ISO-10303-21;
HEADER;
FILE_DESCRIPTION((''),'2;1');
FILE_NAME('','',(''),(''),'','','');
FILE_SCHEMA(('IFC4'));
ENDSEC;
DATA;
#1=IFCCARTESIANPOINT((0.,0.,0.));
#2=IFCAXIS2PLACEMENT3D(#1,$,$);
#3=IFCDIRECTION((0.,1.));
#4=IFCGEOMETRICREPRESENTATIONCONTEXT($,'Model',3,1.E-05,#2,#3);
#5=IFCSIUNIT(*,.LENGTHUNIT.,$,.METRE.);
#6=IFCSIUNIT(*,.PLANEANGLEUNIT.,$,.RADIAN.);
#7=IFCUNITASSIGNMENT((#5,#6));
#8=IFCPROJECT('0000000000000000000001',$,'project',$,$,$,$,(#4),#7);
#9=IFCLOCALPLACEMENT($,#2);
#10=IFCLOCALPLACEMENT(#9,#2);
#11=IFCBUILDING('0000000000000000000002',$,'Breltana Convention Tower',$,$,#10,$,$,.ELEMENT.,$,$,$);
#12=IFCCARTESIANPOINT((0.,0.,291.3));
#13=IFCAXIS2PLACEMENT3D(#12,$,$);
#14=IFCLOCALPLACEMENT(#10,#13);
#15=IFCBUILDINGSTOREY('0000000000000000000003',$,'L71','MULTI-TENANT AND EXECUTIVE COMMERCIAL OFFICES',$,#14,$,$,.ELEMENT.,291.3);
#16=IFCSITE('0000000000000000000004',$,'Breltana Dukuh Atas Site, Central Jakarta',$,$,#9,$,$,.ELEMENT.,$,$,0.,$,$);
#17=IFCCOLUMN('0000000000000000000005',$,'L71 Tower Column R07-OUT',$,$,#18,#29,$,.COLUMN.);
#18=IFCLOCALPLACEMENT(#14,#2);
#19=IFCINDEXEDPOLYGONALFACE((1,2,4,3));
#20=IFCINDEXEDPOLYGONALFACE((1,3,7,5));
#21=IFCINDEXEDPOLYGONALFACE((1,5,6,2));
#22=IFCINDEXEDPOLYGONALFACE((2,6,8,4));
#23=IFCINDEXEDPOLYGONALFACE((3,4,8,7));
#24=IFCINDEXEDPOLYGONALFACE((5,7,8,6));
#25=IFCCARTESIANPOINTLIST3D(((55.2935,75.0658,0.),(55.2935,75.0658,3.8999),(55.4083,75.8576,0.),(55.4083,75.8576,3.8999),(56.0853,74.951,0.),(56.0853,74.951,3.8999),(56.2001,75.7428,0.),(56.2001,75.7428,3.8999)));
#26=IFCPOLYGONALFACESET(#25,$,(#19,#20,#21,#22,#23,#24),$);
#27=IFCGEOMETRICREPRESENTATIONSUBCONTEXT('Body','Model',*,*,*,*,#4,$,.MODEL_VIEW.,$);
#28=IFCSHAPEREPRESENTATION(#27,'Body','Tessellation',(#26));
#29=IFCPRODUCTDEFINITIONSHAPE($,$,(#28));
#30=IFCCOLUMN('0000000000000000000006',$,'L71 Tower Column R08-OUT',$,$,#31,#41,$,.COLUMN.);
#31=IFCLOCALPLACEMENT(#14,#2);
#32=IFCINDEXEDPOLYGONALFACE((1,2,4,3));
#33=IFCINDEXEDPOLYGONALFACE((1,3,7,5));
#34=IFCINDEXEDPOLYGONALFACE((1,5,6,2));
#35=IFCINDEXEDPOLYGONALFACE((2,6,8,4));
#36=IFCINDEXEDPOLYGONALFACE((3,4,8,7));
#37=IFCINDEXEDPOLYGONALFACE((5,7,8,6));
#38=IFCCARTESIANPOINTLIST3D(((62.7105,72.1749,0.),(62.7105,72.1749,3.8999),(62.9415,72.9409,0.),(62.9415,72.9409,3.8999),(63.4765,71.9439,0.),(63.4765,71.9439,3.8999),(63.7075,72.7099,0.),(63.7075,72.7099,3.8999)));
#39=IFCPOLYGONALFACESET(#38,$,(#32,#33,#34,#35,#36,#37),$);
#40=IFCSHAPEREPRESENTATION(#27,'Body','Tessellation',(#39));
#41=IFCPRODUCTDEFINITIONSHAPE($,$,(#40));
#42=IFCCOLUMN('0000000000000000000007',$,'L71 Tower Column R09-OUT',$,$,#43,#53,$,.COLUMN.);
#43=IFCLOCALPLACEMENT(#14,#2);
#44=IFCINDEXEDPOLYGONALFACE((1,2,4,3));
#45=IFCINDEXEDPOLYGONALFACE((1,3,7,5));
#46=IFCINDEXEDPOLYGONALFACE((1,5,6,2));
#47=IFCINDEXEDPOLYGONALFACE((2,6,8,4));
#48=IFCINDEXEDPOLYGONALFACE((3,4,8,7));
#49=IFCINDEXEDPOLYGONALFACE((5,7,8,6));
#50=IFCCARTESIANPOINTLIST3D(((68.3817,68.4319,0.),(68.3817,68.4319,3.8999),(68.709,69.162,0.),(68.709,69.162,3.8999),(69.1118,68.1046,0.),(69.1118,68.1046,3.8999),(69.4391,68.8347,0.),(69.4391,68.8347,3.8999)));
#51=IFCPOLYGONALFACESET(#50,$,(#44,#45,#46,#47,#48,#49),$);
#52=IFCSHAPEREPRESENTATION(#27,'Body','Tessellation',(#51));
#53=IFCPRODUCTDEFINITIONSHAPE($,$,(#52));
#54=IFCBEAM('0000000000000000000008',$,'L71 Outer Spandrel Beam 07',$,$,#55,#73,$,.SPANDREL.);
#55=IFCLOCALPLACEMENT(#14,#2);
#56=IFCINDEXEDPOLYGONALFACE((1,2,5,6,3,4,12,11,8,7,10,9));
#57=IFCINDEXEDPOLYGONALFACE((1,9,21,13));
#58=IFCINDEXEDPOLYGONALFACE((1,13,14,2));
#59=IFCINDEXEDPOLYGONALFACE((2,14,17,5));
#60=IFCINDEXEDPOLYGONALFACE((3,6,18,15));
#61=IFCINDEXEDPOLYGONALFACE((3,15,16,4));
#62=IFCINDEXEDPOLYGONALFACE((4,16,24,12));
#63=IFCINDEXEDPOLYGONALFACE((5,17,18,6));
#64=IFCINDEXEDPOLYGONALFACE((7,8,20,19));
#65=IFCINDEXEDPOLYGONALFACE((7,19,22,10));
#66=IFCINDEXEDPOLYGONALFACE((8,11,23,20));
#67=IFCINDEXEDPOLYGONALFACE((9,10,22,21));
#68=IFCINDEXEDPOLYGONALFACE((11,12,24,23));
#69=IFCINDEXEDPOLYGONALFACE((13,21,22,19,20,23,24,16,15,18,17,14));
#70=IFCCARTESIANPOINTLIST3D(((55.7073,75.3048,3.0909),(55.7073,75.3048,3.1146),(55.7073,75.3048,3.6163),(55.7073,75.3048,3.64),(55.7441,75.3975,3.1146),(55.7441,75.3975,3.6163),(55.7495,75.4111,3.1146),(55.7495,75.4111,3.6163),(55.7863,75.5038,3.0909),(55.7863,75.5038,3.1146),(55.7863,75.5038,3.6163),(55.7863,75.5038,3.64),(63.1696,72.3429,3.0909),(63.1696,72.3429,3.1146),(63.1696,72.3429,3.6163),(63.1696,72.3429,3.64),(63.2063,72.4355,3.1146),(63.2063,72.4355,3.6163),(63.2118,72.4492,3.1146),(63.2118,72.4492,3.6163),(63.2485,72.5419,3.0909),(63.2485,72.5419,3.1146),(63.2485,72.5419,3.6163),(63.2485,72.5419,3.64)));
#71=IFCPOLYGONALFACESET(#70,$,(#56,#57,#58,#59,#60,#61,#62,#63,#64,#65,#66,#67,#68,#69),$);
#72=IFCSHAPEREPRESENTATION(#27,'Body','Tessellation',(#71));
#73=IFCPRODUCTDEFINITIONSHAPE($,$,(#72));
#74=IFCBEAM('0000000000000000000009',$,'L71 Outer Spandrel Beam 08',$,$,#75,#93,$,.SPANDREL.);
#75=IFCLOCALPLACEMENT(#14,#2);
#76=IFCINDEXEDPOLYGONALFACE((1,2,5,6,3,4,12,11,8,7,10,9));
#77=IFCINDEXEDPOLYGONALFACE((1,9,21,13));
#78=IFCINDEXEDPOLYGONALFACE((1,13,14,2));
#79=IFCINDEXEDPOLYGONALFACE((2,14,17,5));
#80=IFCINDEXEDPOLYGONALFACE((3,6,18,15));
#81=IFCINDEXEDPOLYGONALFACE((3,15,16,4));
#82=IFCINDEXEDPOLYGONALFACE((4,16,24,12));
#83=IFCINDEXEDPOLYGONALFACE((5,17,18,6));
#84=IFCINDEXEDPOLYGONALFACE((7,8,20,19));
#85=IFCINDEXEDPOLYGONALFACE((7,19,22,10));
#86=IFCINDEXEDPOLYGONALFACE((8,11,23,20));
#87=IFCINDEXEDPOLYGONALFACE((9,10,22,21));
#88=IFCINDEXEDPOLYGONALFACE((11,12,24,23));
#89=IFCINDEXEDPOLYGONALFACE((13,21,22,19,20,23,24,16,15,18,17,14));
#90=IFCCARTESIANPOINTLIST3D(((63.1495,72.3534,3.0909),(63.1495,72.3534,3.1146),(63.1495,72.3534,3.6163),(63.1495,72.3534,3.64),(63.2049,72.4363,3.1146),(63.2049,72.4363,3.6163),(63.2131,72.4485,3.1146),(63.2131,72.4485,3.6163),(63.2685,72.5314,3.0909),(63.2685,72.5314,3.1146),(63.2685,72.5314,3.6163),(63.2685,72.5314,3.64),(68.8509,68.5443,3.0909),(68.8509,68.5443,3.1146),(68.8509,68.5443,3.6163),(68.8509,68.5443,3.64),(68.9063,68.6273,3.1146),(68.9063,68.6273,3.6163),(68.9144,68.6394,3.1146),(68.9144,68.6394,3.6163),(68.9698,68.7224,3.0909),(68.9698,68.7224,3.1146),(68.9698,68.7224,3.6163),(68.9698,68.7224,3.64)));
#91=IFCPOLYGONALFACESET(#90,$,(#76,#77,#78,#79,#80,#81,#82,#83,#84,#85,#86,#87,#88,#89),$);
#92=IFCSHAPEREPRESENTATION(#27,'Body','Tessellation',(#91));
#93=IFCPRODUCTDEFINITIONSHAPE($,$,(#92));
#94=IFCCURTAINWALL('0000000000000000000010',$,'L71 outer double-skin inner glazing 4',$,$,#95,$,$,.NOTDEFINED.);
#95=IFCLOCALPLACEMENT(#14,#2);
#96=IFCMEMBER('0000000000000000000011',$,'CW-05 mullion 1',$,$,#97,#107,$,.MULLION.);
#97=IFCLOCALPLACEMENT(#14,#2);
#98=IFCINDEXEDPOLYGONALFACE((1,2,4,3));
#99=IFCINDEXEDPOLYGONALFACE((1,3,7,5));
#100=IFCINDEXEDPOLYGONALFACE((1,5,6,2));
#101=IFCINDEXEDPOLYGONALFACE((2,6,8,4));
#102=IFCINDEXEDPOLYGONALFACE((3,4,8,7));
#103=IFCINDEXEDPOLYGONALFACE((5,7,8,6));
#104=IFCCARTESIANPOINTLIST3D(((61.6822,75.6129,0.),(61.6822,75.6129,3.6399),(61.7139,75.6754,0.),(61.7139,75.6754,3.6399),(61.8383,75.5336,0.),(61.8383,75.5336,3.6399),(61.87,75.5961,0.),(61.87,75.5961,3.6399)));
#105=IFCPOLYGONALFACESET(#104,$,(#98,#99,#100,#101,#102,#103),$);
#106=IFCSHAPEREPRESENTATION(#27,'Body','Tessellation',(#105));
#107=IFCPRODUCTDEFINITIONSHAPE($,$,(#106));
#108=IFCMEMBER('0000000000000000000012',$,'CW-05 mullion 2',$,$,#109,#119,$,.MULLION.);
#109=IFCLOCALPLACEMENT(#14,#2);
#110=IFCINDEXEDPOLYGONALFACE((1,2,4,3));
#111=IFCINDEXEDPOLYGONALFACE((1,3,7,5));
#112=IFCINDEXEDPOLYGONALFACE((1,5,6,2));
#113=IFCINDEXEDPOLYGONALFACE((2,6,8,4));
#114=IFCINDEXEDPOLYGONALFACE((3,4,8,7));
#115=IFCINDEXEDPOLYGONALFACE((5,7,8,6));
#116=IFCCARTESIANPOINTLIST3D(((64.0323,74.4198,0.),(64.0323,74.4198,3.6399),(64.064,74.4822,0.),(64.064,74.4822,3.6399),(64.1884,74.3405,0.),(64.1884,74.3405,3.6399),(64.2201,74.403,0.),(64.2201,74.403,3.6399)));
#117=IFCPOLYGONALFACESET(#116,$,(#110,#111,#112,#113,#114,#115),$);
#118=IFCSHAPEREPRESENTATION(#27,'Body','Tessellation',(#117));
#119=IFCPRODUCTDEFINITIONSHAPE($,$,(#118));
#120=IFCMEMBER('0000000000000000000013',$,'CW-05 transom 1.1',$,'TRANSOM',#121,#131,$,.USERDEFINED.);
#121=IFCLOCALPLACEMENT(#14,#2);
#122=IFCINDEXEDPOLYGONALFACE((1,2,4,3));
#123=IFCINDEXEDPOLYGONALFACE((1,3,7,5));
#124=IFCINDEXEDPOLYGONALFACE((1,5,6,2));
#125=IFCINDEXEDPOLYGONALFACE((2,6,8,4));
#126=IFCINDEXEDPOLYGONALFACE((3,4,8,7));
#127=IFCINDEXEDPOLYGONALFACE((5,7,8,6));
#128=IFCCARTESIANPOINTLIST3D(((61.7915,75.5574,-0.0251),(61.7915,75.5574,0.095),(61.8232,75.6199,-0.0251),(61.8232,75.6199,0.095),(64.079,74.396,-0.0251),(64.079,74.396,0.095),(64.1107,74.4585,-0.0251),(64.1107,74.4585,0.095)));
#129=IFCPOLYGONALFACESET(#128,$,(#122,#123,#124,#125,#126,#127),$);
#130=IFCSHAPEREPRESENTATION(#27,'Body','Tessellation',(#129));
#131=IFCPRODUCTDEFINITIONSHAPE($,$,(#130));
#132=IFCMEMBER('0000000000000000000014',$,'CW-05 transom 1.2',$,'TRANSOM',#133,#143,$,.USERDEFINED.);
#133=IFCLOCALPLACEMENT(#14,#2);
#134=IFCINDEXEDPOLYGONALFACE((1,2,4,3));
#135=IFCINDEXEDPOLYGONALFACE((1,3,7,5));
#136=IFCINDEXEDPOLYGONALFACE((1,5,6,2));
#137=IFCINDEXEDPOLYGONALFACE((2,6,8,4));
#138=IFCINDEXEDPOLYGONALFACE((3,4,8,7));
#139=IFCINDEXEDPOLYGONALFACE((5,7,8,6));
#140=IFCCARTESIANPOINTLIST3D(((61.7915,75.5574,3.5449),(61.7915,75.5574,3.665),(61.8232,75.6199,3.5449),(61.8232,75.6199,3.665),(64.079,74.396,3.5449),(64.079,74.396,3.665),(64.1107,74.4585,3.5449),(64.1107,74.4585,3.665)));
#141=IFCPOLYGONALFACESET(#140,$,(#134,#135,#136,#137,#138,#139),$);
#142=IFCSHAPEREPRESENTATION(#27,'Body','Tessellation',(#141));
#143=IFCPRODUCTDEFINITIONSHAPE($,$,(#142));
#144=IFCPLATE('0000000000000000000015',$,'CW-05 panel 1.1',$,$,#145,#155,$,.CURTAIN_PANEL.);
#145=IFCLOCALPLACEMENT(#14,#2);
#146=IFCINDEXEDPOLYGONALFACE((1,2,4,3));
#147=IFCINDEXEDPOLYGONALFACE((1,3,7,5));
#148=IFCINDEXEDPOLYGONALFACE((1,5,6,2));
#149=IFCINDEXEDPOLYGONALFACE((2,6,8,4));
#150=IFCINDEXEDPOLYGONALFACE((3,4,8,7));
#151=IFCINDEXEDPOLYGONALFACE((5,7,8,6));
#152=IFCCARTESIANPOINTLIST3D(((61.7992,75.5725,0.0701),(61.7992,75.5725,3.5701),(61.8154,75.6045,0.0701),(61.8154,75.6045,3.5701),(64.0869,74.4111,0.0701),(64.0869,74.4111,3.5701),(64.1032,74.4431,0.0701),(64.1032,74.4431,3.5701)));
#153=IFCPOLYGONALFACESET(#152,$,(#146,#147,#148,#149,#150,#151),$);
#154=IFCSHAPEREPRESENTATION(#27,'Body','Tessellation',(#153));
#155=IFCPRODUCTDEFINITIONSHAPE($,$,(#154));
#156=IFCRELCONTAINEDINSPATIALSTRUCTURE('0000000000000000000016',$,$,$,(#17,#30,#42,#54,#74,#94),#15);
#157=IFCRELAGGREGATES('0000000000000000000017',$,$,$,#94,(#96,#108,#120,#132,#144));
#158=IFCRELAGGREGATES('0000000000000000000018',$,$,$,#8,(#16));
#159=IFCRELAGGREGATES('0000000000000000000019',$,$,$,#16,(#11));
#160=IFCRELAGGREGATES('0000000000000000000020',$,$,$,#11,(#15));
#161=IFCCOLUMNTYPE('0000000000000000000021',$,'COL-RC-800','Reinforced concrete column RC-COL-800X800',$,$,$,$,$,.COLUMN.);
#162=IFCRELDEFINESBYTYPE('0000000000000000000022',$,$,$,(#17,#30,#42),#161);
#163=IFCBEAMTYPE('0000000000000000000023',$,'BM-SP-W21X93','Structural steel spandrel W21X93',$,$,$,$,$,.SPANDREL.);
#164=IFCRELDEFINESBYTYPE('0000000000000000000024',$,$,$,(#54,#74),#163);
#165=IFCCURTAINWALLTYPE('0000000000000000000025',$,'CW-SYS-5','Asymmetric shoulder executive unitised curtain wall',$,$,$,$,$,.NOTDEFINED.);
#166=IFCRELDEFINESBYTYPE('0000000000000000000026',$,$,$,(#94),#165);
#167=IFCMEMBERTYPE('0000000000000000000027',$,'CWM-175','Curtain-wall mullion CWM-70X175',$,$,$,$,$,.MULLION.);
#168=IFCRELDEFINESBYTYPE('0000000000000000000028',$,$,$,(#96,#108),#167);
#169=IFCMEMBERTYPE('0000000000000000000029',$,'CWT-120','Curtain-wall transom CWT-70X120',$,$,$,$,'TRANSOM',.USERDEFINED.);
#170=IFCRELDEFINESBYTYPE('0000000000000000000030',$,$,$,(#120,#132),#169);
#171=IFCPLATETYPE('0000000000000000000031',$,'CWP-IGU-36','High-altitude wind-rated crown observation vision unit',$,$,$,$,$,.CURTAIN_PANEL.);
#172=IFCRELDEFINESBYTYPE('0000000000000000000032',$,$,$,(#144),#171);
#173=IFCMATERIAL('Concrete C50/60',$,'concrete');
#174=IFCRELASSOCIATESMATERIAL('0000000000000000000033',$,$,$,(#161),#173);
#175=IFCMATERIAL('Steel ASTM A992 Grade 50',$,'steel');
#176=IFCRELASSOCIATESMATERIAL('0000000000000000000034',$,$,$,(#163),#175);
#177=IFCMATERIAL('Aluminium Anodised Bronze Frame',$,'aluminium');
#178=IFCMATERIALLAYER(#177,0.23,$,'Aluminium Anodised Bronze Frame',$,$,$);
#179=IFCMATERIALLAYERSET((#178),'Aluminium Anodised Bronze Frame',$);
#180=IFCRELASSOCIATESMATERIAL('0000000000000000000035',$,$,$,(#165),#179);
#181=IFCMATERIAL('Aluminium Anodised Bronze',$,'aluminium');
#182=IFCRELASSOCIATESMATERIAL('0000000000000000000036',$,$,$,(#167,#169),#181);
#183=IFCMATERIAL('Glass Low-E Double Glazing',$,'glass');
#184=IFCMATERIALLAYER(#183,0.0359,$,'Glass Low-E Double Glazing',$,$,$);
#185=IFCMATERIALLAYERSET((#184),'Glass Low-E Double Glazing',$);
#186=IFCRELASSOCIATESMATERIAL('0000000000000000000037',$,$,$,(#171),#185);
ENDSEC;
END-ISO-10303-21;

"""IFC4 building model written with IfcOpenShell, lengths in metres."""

from ifc_helpers import new_model, si_unit, direction, frame, origin, origin_2d, place, context, subcontext, project, spatial, rectangle, i_section, extrude, source, transform, mapped, material, layer, layer_set, material_profile, profile_set, type_object, element, aggregate, save


model = new_model("IFC4")

# Units and contexts
model_context = context("Model", 3, precision=1e-05, world=origin(), true_north=direction((0.0, 1.0)))
body_context = subcontext(model_context, "Body", "Model", "MODEL_VIEW")
ifc_project = project(units=[si_unit("LENGTHUNIT", "METRE"), si_unit("PLANEANGLEUNIT", "RADIAN")], contexts=[model_context])

# Site, building, storey
site_placement = place(None, origin())
site = spatial("IfcSite", under=ifc_project, at=site_placement, Name="Breltana Dukuh Atas Site, Central Jakarta", CompositionType="ELEMENT", RefElevation=0.0)
building_placement = place(site_placement, origin())
building = spatial("IfcBuilding", under=site, at=building_placement, Name="Breltana Convention Tower", CompositionType="ELEMENT")
storey_placement = place(building_placement, frame((0.0, 0.0, 291.3)))
storey = spatial("IfcBuildingStorey", under=building, at=storey_placement, Name="L71", Description="MULTI-TENANT AND EXECUTIVE COMMERCIAL OFFICES", CompositionType="ELEMENT", Elevation=291.3)

# Columns
ifc_material_1 = material(Name="Concrete C50/60", Category="concrete")
ifc_material_profile_1 = material_profile(ifc_material_1, rectangle(XDim=0.8, YDim=0.8, at=origin_2d()), Name="RC-COL-800X800")
ifc_profile_set_1 = profile_set([ifc_material_profile_1], Name="Concrete C50/60")
column_type = type_object("IfcColumnType", Name="COL-RC-800", Description="Reinforced concrete column RC-COL-800X800", PredefinedType="COLUMN", material=ifc_profile_set_1)
shared_shape_1 = source(origin(), body_context, "Body", "SweptSolid", [
    extrude(rectangle(XDim=0.8, YDim=0.8, at=origin_2d()), origin(), (0.0, 0.0, 1.0), 3.8999),
])
for number, where, z_axis, x_axis, name in (
    (1, (55.7468, 75.4043, 0.0), (0.0, 0.0, 1.0), (0.143493, 0.989651, 0.0), "L71 Tower Column R07-OUT"),
    (2, (63.209, 72.4424, 0.0), (0.0, 0.0, 1.0), (0.288698, 0.95742, 0.0), "L71 Tower Column R08-OUT"),
    (3, (68.9104, 68.6333, 0.0), (0.0, 0.0, 1.0), (0.409127, 0.912477, 0.0), "L71 Tower Column R09-OUT"),
):
    element("IfcColumn", number, at=place(storey_placement, frame(where, z_axis=z_axis, x_axis=x_axis)), inside=storey, type_object=column_type, Name=name, PredefinedType="COLUMN", context=body_context, shape_type="MappedRepresentation", body=[
        mapped(shared_shape_1, transform((0.0, 0.0, 0.0), scale=1.0)),
    ])

# Beams
ifc_material_2 = material(Name="Steel ASTM A992 Grade 50", Category="steel")
ifc_material_profile_2 = material_profile(ifc_material_2, i_section(OverallWidth=0.2141, OverallDepth=0.5491, WebThickness=0.0146, FlangeThickness=0.0237, at=origin_2d()), Name="W21X93")
ifc_profile_set_2 = profile_set([ifc_material_profile_2], Name="Steel ASTM A992 Grade 50")
beam_type = type_object("IfcBeamType", Name="BM-SP-W21X93", Description="Structural steel spandrel W21X93", PredefinedType="SPANDREL", material=ifc_profile_set_2)
shared_shape_2 = source(origin(), body_context, "Body", "SweptSolid", [
    extrude(i_section(OverallWidth=0.2141, OverallDepth=0.5491, WebThickness=0.0146, FlangeThickness=0.0237, at=origin_2d()), origin(), (0.0, 0.0, 1.0), 8.0286),
])
beam_1_placement = place(storey_placement, frame((55.7468, 75.4043, 3.3655), z_axis=(0.929459, -0.368925, 0.0), x_axis=(0.368925, 0.929459, 0.0)))
element("IfcBeam", 4, at=beam_1_placement, inside=storey, type_object=beam_type, Name="L71 Outer Spandrel Beam 07", PredefinedType="SPANDREL", context=body_context, shape_type="MappedRepresentation", body=[
    mapped(shared_shape_2, transform((0.0, 0.0, 0.0), scale=1.0)),
])
shared_shape_3 = source(origin(), body_context, "Body", "SweptSolid", [
    extrude(i_section(OverallWidth=0.2141, OverallDepth=0.5491, WebThickness=0.0146, FlangeThickness=0.0237, at=origin_2d()), origin(), (0.0, 0.0, 1.0), 6.8567),
])
beam_2_placement = place(storey_placement, frame((63.209, 72.4424, 3.3655), z_axis=(0.831502, -0.555522, 0.0), x_axis=(0.555522, 0.831502, 0.0)))
element("IfcBeam", 5, at=beam_2_placement, inside=storey, type_object=beam_type, Name="L71 Outer Spandrel Beam 08", PredefinedType="SPANDREL", context=body_context, shape_type="MappedRepresentation", body=[
    mapped(shared_shape_3, transform((0.0, 0.0, 0.0), scale=1.0)),
])

# Curtain wall, members, plate
ifc_material_3 = material(Name="Aluminium Anodised Bronze Frame", Category="aluminium")
ifc_layer_1 = layer(ifc_material_3, 0.23, Name="Aluminium Anodised Bronze Frame")
ifc_layer_set_1 = layer_set([ifc_layer_1], Name="Aluminium Anodised Bronze Frame")
curtain_wall_type = type_object("IfcCurtainWallType", Name="CW-SYS-5", Description="Asymmetric shoulder executive unitised curtain wall", PredefinedType="NOTDEFINED", material=ifc_layer_set_1)
curtain_wall_placement = place(storey_placement, origin())
curtain_wall = element("IfcCurtainWall", 6, at=curtain_wall_placement, inside=storey, type_object=curtain_wall_type, Name="L71 outer double-skin inner glazing 4", PredefinedType="NOTDEFINED")
ifc_material_4 = material(Name="Aluminium Anodised Bronze", Category="aluminium")
ifc_material_profile_3 = material_profile(ifc_material_4, rectangle(XDim=0.0701, YDim=0.175, at=origin_2d()), Name="CWM-70X175")
ifc_profile_set_3 = profile_set([ifc_material_profile_3], Name="Aluminium Anodised Bronze")
member_type_1 = type_object("IfcMemberType", Name="CWM-175", Description="Curtain-wall mullion CWM-70X175", PredefinedType="MULLION", material=ifc_profile_set_3)
shared_shape_4 = source(origin(), body_context, "Body", "SweptSolid", [
    extrude(rectangle(XDim=0.0701, YDim=0.175, at=origin_2d()), origin(), (0.0, 0.0, 1.0), 3.6399),
])
member_1_placement = place(storey_placement, frame((61.7761, 75.6045, 0.0), z_axis=(0.0, 0.0, 1.0), x_axis=(0.45269, 0.891668, 0.0)))
member_1 = element("IfcMember", 7, at=member_1_placement, type_object=member_type_1, Name="CW-05 mullion 1", PredefinedType="MULLION", context=body_context, shape_type="MappedRepresentation", body=[
    mapped(shared_shape_4, transform((0.0, 0.0, 0.0), scale=1.0)),
])
member_2_placement = place(storey_placement, frame((64.1262, 74.4114, 0.0), z_axis=(0.0, 0.0, 1.0), x_axis=(0.45269, 0.891668, 0.0)))
member_2 = element("IfcMember", 8, at=member_2_placement, type_object=member_type_1, Name="CW-05 mullion 2", PredefinedType="MULLION", context=body_context, shape_type="MappedRepresentation", body=[
    mapped(shared_shape_4, transform((0.0, 0.0, 0.0), scale=1.0)),
])
ifc_material_profile_4 = material_profile(ifc_material_4, rectangle(XDim=0.0701, YDim=0.1201, at=origin_2d()), Name="CWT-70X120")
ifc_profile_set_4 = profile_set([ifc_material_profile_4], Name="Aluminium Anodised Bronze")
member_type_2 = type_object("IfcMemberType", Name="CWT-120", Description="Curtain-wall transom CWT-70X120", ElementType="TRANSOM", PredefinedType="USERDEFINED", material=ifc_profile_set_4)
shared_shape_5 = source(origin(), body_context, "Body", "SweptSolid", [
    extrude(rectangle(XDim=0.0701, YDim=0.1201, at=origin_2d()), origin(), (0.0, 0.0, 1.0), 2.5654),
])
member_3_placement = place(storey_placement, frame((61.8074, 75.5886, 0.0349), z_axis=(0.89167, -0.452687, 0.0), x_axis=(0.452687, 0.89167, 0.0)))
member_3 = element("IfcMember", 9, at=member_3_placement, type_object=member_type_2, Name="CW-05 transom 1.1", ObjectType="TRANSOM", PredefinedType="USERDEFINED", context=body_context, shape_type="MappedRepresentation", body=[
    mapped(shared_shape_5, transform((0.0, 0.0, 0.0), scale=1.0)),
])
member_4_placement = place(storey_placement, frame((61.8074, 75.5886, 3.605), z_axis=(0.89167, -0.452687, 0.0), x_axis=(0.452687, 0.89167, 0.0)))
member_4 = element("IfcMember", 10, at=member_4_placement, type_object=member_type_2, Name="CW-05 transom 1.2", ObjectType="TRANSOM", PredefinedType="USERDEFINED", context=body_context, shape_type="MappedRepresentation", body=[
    mapped(shared_shape_5, transform((0.0, 0.0, 0.0), scale=1.0)),
])
ifc_material_5 = material(Name="Glass Low-E Double Glazing", Category="glass")
ifc_layer_2 = layer(ifc_material_5, 0.0359, Name="Glass Low-E Double Glazing")
ifc_layer_set_2 = layer_set([ifc_layer_2], Name="Glass Low-E Double Glazing")
plate_type = type_object("IfcPlateType", Name="CWP-IGU-36", Description="High-altitude wind-rated crown observation vision unit", PredefinedType="CURTAIN_PANEL", material=ifc_layer_set_2)
shared_shape_6 = source(origin(), body_context, "Body", "SweptSolid", [
    extrude(rectangle(XDim=2.5657, YDim=0.0359, at=origin_2d()), origin(), (0.0, 0.0, 1.0), 3.5),
])
plate_placement = place(storey_placement, frame((62.9512, 75.0078, 0.0701), z_axis=(0.0, 0.0, 1.0), x_axis=(0.891668, -0.45269, 0.0)))
plate = element("IfcPlate", 11, at=plate_placement, type_object=plate_type, Name="CW-05 panel 1.1", PredefinedType="CURTAIN_PANEL", context=body_context, shape_type="MappedRepresentation", body=[
    mapped(shared_shape_6, transform((0.0, 0.0, 0.0), scale=1.0)),
])
aggregate(curtain_wall, [member_1, member_2, member_3, member_4, plate])

save(model, "model.ifc")
